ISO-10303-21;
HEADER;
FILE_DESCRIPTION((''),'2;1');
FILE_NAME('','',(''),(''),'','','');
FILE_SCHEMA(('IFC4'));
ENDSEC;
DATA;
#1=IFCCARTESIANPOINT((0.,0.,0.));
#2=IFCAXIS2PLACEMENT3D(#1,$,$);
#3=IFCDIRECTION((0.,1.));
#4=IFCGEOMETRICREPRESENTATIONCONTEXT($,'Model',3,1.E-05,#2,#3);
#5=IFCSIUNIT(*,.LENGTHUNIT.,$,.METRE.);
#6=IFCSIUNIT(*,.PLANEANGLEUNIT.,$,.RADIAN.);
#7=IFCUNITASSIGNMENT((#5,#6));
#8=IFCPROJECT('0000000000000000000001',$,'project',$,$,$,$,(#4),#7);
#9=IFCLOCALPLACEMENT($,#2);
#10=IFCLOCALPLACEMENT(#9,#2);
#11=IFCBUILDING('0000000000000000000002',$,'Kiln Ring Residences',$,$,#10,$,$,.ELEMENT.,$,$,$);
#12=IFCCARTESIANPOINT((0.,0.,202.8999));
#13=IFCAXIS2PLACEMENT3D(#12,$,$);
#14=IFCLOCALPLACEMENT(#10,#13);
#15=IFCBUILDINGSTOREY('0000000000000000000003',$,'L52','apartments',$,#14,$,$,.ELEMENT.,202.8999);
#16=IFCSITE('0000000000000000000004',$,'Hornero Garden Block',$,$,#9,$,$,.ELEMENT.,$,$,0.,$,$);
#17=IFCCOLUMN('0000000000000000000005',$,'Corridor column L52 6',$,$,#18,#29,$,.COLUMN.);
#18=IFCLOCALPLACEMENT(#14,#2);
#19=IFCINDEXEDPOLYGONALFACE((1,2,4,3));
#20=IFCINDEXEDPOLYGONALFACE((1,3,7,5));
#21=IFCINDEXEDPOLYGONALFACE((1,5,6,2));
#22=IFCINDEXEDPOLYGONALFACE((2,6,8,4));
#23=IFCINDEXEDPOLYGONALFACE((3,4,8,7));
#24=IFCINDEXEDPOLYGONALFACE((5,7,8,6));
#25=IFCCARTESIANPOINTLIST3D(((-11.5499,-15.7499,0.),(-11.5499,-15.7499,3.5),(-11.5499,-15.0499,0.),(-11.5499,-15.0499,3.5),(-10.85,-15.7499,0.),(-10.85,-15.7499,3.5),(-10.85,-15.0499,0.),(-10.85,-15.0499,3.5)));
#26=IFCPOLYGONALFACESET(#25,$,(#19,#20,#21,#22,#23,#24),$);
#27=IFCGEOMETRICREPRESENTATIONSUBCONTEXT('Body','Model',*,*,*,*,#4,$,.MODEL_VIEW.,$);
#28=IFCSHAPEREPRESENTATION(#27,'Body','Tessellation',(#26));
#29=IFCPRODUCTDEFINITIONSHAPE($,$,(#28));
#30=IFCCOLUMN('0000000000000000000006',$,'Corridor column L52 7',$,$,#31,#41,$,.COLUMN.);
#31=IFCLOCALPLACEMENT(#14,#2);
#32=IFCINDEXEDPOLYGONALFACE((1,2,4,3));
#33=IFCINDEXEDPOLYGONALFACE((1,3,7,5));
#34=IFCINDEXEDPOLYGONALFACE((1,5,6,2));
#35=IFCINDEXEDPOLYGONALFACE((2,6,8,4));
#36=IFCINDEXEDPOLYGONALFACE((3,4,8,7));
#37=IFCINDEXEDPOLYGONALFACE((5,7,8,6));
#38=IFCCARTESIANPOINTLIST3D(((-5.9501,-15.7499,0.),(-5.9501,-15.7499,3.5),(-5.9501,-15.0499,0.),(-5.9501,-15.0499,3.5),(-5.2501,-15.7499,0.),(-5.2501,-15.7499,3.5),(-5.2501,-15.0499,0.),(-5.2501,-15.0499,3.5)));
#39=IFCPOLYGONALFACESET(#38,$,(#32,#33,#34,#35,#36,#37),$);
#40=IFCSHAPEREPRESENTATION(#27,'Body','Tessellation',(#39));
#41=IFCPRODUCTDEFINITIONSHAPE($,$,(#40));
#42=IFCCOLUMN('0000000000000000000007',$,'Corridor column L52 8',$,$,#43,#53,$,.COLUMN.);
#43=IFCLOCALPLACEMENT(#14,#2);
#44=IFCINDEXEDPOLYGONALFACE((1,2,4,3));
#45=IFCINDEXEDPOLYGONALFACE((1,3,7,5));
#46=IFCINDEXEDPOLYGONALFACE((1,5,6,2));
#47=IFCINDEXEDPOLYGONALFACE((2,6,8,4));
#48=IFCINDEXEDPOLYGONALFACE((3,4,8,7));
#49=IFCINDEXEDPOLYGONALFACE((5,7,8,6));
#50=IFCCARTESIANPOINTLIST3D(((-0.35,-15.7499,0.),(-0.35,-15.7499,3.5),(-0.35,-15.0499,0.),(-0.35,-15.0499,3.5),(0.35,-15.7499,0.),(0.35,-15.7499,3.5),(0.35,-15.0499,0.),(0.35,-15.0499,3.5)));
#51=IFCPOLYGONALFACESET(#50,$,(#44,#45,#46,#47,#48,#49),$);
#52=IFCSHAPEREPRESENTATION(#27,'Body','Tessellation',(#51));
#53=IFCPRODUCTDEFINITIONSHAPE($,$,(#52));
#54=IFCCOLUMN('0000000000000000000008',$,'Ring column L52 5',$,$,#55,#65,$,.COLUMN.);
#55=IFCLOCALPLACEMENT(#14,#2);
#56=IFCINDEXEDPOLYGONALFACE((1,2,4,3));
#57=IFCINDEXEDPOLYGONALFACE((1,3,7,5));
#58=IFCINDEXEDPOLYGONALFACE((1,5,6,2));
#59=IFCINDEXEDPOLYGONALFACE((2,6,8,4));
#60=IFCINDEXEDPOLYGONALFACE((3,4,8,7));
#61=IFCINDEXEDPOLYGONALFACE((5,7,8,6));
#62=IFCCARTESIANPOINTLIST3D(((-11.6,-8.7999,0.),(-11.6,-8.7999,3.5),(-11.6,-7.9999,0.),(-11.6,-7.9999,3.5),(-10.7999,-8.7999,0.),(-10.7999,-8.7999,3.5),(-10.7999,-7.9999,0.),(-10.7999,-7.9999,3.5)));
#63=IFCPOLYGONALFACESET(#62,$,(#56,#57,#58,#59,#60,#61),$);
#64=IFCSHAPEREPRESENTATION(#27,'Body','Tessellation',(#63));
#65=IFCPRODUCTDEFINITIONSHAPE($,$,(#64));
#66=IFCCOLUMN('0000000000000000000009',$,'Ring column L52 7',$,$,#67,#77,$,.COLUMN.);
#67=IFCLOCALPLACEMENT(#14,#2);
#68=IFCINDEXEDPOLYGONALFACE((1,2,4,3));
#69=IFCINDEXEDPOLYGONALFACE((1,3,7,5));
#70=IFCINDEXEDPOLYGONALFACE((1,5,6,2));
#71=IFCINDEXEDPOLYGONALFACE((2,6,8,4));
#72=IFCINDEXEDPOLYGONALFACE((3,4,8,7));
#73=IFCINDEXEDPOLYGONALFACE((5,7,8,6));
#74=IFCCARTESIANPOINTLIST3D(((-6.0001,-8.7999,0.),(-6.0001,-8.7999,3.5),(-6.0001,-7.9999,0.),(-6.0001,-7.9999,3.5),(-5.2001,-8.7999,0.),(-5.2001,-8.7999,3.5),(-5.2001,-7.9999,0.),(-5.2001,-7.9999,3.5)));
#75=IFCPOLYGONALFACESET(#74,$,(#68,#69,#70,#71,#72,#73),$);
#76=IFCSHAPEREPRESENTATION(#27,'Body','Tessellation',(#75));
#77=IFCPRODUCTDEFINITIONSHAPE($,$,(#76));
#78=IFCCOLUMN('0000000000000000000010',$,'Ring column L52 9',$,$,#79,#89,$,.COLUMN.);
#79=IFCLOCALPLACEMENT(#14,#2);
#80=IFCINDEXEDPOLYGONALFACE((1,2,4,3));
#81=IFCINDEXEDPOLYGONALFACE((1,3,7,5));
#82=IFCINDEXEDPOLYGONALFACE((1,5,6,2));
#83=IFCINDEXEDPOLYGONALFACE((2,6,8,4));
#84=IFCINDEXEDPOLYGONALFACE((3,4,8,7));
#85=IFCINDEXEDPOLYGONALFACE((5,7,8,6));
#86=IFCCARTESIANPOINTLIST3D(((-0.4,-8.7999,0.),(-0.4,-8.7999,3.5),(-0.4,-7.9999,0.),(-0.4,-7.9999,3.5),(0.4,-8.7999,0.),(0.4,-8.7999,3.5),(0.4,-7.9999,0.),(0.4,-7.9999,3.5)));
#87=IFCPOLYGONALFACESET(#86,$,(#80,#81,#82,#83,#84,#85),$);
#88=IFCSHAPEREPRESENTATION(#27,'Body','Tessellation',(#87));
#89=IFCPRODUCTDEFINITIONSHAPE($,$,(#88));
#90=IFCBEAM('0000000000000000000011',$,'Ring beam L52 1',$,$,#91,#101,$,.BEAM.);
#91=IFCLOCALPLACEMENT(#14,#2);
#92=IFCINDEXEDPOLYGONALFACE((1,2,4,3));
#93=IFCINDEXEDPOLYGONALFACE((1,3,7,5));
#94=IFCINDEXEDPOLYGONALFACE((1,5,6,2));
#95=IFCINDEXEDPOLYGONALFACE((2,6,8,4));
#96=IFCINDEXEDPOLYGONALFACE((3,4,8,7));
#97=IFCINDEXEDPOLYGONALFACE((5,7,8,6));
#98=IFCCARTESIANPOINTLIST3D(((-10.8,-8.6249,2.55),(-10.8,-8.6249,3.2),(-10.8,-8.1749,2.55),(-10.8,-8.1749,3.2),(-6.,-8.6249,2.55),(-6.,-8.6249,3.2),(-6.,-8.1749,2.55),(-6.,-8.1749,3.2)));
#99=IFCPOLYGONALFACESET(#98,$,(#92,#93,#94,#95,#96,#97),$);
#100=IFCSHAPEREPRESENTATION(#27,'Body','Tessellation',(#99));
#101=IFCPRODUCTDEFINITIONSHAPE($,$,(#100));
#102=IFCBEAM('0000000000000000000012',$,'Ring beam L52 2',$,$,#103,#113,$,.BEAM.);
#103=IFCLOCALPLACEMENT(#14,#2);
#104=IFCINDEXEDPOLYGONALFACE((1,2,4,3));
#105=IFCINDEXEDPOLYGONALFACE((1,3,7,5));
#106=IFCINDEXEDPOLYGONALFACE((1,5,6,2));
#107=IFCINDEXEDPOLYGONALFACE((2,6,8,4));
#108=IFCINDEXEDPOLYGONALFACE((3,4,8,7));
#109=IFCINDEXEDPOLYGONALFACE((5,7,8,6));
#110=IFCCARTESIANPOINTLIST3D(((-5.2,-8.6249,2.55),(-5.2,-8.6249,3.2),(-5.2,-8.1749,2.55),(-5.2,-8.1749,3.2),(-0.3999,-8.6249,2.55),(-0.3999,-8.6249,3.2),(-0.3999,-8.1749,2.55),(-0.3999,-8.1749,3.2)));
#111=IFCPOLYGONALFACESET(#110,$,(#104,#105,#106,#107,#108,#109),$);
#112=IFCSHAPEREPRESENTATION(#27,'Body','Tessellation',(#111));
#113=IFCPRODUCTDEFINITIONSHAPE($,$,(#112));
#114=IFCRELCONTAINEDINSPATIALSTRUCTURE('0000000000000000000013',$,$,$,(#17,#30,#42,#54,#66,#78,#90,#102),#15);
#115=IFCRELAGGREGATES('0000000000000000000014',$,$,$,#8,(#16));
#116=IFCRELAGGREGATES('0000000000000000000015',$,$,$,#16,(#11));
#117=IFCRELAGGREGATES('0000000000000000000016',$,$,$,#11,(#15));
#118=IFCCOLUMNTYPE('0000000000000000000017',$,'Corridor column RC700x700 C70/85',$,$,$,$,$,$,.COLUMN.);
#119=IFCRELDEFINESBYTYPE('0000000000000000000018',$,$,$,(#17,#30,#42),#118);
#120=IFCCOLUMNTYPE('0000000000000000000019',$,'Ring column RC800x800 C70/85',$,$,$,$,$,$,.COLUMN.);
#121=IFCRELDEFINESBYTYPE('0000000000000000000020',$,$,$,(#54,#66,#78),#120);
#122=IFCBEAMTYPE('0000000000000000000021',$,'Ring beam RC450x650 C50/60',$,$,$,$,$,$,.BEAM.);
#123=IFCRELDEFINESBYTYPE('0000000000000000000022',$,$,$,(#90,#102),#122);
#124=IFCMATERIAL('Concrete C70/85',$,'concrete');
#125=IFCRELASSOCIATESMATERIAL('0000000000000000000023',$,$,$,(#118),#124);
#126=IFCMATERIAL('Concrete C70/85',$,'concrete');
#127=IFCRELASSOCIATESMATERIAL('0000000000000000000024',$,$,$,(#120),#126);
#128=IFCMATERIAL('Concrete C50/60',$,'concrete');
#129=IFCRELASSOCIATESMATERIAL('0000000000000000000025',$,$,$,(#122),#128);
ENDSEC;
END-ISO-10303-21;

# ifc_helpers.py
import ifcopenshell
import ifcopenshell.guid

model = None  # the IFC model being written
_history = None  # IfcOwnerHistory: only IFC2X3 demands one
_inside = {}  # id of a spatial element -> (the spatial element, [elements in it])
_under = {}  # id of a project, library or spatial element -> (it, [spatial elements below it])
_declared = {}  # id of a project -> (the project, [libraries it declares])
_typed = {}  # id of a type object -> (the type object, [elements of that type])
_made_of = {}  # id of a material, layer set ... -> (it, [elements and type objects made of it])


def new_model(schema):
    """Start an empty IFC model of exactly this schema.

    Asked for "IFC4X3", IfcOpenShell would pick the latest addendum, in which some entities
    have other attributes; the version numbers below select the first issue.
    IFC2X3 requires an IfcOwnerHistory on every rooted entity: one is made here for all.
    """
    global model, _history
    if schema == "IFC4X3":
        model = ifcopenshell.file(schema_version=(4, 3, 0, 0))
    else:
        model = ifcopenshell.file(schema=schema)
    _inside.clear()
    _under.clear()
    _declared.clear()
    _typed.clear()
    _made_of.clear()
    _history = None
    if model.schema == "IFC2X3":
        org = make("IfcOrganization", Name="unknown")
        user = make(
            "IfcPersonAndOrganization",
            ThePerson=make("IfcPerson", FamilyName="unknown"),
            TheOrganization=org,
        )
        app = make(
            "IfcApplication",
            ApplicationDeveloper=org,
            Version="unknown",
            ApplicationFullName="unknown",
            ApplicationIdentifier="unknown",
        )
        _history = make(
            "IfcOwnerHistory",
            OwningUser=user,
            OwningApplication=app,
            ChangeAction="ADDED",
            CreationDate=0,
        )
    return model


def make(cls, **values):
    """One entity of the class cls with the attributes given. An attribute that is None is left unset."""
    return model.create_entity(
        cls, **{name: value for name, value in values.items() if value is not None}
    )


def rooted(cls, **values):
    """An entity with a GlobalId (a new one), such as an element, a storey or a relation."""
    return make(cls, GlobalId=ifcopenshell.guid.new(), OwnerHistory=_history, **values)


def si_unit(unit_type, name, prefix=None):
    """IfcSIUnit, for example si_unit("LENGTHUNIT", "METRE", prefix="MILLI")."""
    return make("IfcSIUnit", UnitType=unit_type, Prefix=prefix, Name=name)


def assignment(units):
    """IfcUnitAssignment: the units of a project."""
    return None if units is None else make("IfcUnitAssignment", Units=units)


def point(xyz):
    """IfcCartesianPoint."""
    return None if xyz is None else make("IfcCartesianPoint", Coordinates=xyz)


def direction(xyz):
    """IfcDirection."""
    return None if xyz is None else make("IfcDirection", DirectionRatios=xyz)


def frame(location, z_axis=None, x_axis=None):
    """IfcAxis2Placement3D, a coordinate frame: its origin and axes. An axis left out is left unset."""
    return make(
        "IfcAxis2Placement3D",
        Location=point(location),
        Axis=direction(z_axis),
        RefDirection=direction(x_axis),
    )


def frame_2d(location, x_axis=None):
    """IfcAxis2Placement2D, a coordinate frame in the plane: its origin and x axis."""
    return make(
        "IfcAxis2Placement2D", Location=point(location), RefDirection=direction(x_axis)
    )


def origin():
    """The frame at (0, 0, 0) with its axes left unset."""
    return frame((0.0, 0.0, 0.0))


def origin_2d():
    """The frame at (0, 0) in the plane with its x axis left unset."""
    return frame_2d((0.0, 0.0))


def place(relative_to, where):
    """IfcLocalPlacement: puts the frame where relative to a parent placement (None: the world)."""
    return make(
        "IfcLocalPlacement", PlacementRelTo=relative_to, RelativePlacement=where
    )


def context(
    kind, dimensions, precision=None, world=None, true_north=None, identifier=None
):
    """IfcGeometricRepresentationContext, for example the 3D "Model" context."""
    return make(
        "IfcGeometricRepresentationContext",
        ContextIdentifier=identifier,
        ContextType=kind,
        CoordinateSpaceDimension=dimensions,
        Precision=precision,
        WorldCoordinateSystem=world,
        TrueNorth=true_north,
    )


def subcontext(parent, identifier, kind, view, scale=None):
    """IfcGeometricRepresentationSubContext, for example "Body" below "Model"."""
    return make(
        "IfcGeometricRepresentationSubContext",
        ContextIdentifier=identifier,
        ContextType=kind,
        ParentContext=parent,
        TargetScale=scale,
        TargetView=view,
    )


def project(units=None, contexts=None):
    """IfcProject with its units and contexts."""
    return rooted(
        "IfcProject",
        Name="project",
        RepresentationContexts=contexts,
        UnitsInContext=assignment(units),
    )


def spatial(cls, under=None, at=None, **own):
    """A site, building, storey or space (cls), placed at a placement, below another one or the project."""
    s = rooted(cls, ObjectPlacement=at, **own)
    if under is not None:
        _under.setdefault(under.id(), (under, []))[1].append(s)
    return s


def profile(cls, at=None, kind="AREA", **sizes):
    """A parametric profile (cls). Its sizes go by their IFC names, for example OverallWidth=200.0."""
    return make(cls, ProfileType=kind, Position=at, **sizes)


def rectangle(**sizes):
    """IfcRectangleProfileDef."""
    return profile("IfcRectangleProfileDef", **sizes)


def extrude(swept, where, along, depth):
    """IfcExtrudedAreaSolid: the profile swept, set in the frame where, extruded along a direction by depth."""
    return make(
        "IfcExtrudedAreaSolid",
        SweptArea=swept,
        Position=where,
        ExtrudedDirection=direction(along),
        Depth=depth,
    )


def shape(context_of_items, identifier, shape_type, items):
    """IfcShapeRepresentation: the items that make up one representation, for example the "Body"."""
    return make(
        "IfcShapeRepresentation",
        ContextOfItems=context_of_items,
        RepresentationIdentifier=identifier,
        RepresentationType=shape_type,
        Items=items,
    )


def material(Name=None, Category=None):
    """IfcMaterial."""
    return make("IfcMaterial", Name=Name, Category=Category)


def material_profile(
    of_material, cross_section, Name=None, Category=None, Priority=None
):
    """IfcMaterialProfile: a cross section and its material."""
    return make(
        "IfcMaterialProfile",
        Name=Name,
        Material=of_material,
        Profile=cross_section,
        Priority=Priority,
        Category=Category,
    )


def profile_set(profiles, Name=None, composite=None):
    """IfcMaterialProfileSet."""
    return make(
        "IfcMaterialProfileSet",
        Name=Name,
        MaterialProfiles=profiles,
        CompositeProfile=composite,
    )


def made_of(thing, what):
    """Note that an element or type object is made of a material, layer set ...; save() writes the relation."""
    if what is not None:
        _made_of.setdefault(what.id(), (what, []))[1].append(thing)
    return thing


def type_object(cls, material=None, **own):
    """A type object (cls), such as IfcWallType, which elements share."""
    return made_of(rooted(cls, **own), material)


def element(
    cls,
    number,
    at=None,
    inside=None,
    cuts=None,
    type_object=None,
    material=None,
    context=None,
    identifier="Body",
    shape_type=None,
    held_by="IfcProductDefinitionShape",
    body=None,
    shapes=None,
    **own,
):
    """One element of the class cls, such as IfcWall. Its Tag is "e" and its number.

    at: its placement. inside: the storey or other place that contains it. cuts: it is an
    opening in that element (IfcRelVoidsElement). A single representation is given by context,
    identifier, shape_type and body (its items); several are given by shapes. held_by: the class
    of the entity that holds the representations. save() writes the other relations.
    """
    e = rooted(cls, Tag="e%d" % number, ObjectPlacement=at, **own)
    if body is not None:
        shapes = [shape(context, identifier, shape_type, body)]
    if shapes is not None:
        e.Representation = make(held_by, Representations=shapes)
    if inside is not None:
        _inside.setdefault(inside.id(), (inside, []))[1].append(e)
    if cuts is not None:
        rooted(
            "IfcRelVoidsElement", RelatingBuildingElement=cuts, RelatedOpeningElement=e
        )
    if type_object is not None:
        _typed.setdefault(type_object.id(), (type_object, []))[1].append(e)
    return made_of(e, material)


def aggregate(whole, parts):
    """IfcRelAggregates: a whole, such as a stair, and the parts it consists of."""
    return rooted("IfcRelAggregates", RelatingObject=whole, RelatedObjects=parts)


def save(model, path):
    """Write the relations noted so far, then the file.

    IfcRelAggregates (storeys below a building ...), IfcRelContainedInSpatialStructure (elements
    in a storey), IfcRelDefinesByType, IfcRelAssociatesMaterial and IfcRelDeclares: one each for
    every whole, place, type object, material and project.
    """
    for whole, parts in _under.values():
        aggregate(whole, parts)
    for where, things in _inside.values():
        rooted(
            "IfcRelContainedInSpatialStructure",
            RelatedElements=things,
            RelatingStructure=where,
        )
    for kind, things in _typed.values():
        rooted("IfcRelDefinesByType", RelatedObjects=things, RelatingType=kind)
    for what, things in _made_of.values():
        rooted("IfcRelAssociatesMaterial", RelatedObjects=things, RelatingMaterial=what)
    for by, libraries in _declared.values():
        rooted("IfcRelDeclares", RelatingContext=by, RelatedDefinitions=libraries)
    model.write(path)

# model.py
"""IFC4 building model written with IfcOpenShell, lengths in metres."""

from ifc_helpers import new_model, si_unit, direction, frame, origin, origin_2d, place, context, subcontext, project, spatial, rectangle, extrude, material, material_profile, profile_set, type_object, element, save


model = new_model("IFC4")

# Units and contexts
model_context = context("Model", 3, precision=1e-05, world=origin(), true_north=direction((0.0, 1.0)))
body_context = subcontext(model_context, "Body", "Model", "MODEL_VIEW")
ifc_project = project(units=[si_unit("LENGTHUNIT", "METRE"), si_unit("PLANEANGLEUNIT", "RADIAN")], contexts=[model_context])

# Site, building, storey
site_placement = place(None, origin())
site = spatial("IfcSite", under=ifc_project, at=site_placement, Name="Hornero Garden Block", CompositionType="ELEMENT", RefElevation=0.0)
building_placement = place(site_placement, origin())
building = spatial("IfcBuilding", under=site, at=building_placement, Name="Kiln Ring Residences", CompositionType="ELEMENT")
storey_placement = place(building_placement, frame((0.0, 0.0, 202.8999)))
storey = spatial("IfcBuildingStorey", under=building, at=storey_placement, Name="L52", Description="apartments", CompositionType="ELEMENT", Elevation=202.8999)

# Columns
ifc_material_1 = material(Name="Concrete C70/85", Category="concrete")
ifc_material_profile_1 = material_profile(ifc_material_1, rectangle(XDim=0.7, YDim=0.7, at=origin_2d()), Name="RC700x700")
ifc_profile_set_1 = profile_set([ifc_material_profile_1], Name="Concrete C70/85")
column_type_1 = type_object("IfcColumnType", Name="Corridor column RC700x700 C70/85", PredefinedType="COLUMN", material=ifc_profile_set_1)
for number, where, z_axis, x_axis, name in (
    (1, (-11.2, -15.3999, 0.0), (0.0, 0.0, 1.0), (1.0, 0.0, 0.0), "Corridor column L52 6"),
    (2, (-5.6001, -15.3999, 0.0), (0.0, 0.0, 1.0), (1.0, 0.0, 0.0), "Corridor column L52 7"),
    (3, (0.0, -15.3999, 0.0), (0.0, 0.0, 1.0), (1.0, 0.0, 0.0), "Corridor column L52 8"),
):
    element("IfcColumn", number, at=place(storey_placement, frame(where, z_axis=z_axis, x_axis=x_axis)), inside=storey, type_object=column_type_1, Name=name, PredefinedType="COLUMN", context=body_context, shape_type="SweptSolid", body=[
        extrude(rectangle(XDim=0.7, YDim=0.7, at=origin_2d()), origin(), (0.0, 0.0, 1.0), 3.5),
    ])
ifc_material_2 = material(Name="Concrete C70/85", Category="concrete")
ifc_material_profile_2 = material_profile(ifc_material_2, rectangle(XDim=0.8, YDim=0.8, at=origin_2d()), Name="RC800x800")
ifc_profile_set_2 = profile_set([ifc_material_profile_2], Name="Concrete C70/85")
column_type_2 = type_object("IfcColumnType", Name="Ring column RC800x800 C70/85", PredefinedType="COLUMN", material=ifc_profile_set_2)
for number, where, z_axis, x_axis, name in (
    (4, (-11.2, -8.3999, 0.0), (0.0, 0.0, 1.0), (1.0, 0.0, 0.0), "Ring column L52 5"),
    (5, (-5.6001, -8.3999, 0.0), (0.0, 0.0, 1.0), (1.0, 0.0, 0.0), "Ring column L52 7"),
    (6, (0.0, -8.3999, 0.0), (0.0, 0.0, 1.0), (1.0, 0.0, 0.0), "Ring column L52 9"),
):
    element("IfcColumn", number, at=place(storey_placement, frame(where, z_axis=z_axis, x_axis=x_axis)), inside=storey, type_object=column_type_2, Name=name, PredefinedType="COLUMN", context=body_context, shape_type="SweptSolid", body=[
        extrude(rectangle(XDim=0.8, YDim=0.8, at=origin_2d()), origin(), (0.0, 0.0, 1.0), 3.5),
    ])

# Beams
ifc_material_3 = material(Name="Concrete C50/60", Category="concrete")
ifc_material_profile_3 = material_profile(ifc_material_3, rectangle(XDim=0.45, YDim=0.6499, at=origin_2d()), Name="RC450x650")
ifc_profile_set_3 = profile_set([ifc_material_profile_3], Name="Concrete C50/60")
beam_type = type_object("IfcBeamType", Name="Ring beam RC450x650 C50/60", PredefinedType="BEAM", material=ifc_profile_set_3)
for number, where, z_axis, x_axis, name in (
    (7, (-10.8, -8.3999, 2.875), (1.0, 0.0, 0.0), (0.0, 1.0, 0.0), "Ring beam L52 1"),
    (8, (-5.2, -8.3999, 2.875), (1.0, 0.0, 0.0), (0.0, 1.0, 0.0), "Ring beam L52 2"),
):
    element("IfcBeam", number, at=place(storey_placement, frame(where, z_axis=z_axis, x_axis=x_axis)), inside=storey, type_object=beam_type, Name=name, PredefinedType="BEAM", context=body_context, shape_type="SweptSolid", body=[
        extrude(rectangle(XDim=0.45, YDim=0.6499, at=origin_2d()), origin(), (0.0, 0.0, 1.0), 4.8),
    ])

save(model, "model.ifc")
